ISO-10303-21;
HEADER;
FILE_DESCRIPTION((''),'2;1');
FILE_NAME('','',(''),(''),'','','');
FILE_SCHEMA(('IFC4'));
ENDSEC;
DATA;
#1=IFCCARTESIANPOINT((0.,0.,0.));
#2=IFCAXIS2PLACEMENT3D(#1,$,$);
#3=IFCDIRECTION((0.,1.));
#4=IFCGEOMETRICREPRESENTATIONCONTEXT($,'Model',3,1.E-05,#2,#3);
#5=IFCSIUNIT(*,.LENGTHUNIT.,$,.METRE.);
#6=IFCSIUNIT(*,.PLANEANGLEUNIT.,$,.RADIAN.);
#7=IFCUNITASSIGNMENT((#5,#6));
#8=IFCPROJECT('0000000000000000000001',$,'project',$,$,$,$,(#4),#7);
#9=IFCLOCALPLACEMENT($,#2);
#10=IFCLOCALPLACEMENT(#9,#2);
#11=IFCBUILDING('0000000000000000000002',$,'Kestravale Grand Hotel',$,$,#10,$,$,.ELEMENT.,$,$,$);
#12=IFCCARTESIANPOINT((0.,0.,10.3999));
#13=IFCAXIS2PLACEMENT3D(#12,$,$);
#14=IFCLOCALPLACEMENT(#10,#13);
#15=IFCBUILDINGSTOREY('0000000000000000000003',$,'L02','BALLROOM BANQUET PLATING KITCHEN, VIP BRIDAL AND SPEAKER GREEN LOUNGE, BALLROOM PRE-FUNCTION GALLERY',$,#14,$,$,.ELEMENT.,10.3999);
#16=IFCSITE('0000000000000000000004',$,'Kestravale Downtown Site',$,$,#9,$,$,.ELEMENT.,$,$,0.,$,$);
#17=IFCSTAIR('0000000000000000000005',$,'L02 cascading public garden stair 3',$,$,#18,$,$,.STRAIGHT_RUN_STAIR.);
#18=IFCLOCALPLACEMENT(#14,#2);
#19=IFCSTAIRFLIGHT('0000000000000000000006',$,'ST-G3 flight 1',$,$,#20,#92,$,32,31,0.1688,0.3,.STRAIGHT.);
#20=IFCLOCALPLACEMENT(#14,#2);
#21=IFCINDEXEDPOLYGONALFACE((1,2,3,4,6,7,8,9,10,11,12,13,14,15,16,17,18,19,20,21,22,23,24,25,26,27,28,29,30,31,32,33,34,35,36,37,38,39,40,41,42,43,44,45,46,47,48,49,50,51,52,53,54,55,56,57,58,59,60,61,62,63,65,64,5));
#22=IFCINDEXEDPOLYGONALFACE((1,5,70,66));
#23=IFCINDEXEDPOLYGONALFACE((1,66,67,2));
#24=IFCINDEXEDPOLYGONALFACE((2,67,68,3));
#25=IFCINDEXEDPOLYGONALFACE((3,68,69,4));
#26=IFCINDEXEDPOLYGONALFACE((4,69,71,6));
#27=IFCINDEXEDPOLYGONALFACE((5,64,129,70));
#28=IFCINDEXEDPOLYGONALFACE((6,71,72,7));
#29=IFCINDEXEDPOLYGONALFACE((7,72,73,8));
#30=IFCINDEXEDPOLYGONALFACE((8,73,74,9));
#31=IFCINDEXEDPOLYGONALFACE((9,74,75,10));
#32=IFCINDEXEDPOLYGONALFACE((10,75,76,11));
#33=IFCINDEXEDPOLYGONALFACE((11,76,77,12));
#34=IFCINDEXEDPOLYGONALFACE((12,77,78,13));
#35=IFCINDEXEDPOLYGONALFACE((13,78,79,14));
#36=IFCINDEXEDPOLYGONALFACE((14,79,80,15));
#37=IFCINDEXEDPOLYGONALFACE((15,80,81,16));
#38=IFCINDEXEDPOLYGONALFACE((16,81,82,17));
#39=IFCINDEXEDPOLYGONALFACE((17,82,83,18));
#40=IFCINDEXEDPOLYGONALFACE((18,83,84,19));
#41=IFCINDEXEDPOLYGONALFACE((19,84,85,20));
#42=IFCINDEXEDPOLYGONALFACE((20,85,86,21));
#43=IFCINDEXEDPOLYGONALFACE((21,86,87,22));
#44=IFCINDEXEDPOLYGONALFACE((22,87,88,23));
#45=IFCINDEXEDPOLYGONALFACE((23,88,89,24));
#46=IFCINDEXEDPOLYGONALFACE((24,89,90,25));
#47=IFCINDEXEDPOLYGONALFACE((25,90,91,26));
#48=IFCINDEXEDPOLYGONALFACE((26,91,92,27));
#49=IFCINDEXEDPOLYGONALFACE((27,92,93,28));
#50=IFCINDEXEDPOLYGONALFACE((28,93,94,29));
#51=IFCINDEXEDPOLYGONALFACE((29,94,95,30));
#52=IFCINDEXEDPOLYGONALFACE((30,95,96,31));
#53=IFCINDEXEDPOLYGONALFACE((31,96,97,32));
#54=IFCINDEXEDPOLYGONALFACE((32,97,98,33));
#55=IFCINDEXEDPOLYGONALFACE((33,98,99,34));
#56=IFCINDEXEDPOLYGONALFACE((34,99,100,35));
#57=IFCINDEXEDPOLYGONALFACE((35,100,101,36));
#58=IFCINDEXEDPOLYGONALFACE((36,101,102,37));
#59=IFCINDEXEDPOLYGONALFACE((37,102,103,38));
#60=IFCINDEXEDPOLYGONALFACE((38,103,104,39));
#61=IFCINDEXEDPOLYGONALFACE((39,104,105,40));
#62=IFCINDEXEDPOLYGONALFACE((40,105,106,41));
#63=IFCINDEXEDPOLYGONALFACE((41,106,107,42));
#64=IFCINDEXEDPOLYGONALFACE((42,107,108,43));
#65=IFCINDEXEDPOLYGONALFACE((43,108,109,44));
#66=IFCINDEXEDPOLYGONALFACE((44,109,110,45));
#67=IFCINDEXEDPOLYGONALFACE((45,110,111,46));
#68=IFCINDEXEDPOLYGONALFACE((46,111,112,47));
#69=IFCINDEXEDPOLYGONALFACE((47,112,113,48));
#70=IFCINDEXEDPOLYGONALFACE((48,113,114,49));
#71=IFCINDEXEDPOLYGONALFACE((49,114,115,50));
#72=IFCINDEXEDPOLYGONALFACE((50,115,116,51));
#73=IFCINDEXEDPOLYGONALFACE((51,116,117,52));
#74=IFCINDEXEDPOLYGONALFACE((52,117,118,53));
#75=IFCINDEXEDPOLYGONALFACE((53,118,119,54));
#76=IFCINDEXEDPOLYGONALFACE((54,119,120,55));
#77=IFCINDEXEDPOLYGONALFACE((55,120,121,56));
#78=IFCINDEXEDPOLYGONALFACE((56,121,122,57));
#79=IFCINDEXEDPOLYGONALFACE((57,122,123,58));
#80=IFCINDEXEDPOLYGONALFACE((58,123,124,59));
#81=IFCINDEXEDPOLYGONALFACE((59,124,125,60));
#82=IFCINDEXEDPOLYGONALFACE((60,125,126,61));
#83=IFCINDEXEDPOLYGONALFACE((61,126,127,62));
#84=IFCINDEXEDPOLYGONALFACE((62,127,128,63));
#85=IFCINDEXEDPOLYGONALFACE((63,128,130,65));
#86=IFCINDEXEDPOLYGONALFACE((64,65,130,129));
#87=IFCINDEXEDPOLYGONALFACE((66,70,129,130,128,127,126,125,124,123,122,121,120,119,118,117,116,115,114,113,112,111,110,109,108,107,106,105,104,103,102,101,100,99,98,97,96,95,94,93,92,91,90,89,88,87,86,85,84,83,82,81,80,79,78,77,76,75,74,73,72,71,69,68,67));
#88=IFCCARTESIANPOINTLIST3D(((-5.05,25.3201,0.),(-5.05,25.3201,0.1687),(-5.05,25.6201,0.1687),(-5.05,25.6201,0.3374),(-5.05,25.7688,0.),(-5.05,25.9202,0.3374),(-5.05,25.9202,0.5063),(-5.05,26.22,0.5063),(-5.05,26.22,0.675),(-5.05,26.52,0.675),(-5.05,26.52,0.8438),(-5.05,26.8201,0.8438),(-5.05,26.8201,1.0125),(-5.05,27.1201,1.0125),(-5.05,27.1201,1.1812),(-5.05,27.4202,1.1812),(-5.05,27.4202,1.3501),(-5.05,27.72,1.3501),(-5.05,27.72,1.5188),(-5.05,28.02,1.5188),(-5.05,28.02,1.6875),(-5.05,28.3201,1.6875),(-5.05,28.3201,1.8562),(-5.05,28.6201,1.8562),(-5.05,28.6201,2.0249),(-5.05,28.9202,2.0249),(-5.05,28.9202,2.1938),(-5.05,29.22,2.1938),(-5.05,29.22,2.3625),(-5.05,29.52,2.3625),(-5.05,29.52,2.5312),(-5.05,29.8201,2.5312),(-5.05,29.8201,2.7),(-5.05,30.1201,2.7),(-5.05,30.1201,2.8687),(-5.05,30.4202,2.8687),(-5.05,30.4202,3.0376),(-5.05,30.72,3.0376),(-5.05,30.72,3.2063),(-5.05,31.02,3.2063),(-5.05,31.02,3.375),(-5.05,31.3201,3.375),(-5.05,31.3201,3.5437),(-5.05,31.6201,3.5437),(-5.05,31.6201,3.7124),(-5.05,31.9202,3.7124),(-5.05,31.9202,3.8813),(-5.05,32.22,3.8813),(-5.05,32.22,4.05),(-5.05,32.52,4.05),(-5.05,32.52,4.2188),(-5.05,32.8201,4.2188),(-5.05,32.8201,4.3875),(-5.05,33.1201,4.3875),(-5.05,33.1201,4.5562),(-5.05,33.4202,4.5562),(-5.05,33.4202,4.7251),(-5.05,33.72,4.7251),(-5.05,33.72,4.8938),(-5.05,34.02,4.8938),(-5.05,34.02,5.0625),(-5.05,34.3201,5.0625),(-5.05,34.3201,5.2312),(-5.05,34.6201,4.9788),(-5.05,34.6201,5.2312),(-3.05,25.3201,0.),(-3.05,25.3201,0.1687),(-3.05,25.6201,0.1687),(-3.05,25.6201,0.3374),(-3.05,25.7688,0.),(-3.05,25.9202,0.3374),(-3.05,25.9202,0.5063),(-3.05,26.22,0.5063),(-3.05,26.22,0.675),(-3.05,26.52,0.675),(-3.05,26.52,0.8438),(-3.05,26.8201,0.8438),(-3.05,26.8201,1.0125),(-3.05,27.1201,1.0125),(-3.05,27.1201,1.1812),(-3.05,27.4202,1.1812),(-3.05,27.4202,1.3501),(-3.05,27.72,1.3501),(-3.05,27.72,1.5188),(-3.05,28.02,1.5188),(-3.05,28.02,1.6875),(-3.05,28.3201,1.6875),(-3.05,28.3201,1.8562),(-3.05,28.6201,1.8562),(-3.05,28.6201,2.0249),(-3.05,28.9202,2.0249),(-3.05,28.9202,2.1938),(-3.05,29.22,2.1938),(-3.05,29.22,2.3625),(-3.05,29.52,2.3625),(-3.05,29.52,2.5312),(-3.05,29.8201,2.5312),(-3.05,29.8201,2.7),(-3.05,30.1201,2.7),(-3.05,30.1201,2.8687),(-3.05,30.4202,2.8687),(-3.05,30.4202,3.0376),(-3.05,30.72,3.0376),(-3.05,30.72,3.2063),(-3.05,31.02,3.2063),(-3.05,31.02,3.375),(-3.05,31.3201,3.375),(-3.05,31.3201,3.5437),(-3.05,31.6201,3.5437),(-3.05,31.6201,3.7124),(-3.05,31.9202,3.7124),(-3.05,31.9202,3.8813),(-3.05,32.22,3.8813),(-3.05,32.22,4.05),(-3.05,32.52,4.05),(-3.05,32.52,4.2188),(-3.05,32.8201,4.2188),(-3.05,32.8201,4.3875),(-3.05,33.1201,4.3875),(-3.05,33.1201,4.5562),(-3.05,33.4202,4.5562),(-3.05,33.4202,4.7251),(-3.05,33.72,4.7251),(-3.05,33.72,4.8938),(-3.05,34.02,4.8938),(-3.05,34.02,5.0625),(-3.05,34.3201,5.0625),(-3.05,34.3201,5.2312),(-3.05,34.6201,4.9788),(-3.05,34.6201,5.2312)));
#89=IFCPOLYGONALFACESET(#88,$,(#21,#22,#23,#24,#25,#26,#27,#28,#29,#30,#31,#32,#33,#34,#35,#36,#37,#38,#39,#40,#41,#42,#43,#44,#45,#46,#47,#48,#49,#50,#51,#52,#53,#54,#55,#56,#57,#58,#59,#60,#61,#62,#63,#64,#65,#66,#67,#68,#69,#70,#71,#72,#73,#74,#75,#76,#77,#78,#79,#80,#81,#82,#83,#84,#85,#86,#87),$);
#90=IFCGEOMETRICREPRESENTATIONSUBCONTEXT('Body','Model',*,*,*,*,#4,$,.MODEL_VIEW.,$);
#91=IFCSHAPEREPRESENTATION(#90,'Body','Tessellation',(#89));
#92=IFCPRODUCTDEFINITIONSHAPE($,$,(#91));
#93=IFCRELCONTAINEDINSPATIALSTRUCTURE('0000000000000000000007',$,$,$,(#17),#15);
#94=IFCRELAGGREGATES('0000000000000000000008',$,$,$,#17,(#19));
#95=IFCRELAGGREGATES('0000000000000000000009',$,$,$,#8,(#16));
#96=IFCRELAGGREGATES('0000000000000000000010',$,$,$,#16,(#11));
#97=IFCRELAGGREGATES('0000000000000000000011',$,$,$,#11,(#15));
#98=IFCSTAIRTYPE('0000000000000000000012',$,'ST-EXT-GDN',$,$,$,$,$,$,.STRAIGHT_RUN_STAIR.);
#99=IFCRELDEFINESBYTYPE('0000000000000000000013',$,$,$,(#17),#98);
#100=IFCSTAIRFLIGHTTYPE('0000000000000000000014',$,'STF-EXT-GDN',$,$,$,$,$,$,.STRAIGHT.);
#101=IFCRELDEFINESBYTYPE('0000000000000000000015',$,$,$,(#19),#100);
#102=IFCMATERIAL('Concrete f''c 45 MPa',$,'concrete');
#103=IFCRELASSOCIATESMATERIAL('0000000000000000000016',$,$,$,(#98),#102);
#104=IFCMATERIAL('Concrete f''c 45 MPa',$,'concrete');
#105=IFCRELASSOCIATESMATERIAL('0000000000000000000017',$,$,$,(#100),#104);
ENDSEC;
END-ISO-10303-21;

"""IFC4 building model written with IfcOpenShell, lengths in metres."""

from ifc_helpers import new_model, si_unit, direction, frame, origin, place, context, subcontext, project, spatial, polyline, outline, extrude, material, type_object, element, aggregate, save


model = new_model("IFC4")

# Units and contexts
model_context = context("Model", 3, precision=1e-05, world=origin(), true_north=direction((0.0, 1.0)))
body_context = subcontext(model_context, "Body", "Model", "MODEL_VIEW")
ifc_project = project(units=[si_unit("LENGTHUNIT", "METRE"), si_unit("PLANEANGLEUNIT", "RADIAN")], contexts=[model_context])

# Site, building, storey
site_placement = place(None, origin())
site = spatial("IfcSite", under=ifc_project, at=site_placement, Name="Kestravale Downtown Site", CompositionType="ELEMENT", RefElevation=0.0)
building_placement = place(site_placement, origin())
building = spatial("IfcBuilding", under=site, at=building_placement, Name="Kestravale Grand Hotel", CompositionType="ELEMENT")
storey_placement = place(building_placement, frame((0.0, 0.0, 10.3999)))
storey = spatial("IfcBuildingStorey", under=building, at=storey_placement, Name="L02", Description="BALLROOM BANQUET PLATING KITCHEN, VIP BRIDAL AND SPEAKER GREEN LOUNGE, BALLROOM PRE-FUNCTION GALLERY", CompositionType="ELEMENT", Elevation=10.3999)

# Stair, stair flight
ifc_material_1 = material(Name="Concrete f'c 45 MPa", Category="concrete")
stair_type = type_object("IfcStairType", Name="ST-EXT-GDN", PredefinedType="STRAIGHT_RUN_STAIR", material=ifc_material_1)
stair_placement = place(storey_placement, origin())
stair = element("IfcStair", 1, at=stair_placement, inside=storey, type_object=stair_type, Name="L02 cascading public garden stair 3", PredefinedType="STRAIGHT_RUN_STAIR")
ifc_material_2 = material(Name="Concrete f'c 45 MPa", Category="concrete")
stair_flight_type = type_object("IfcStairFlightType", Name="STF-EXT-GDN", PredefinedType="STRAIGHT", material=ifc_material_2)
stair_flight_placement = place(storey_placement, frame((-4.05, 25.3201, 0.0), z_axis=(0.0, 0.0, 1.0), x_axis=(0.0, 1.0, 0.0)))
stair_flight = element("IfcStairFlight", 2, at=stair_flight_placement, type_object=stair_flight_type, Name="ST-G3 flight 1", NumberOfRisers=32, NumberOfTreads=31, PredefinedType="STRAIGHT", RiserHeight=0.1688, TreadLength=0.3, context=body_context, shape_type="SweptSolid", body=[
    extrude(outline(polyline([(0.0, 0.0), (0.0, 0.1687), (0.3, 0.1687), (0.3, 0.3374), (0.6001, 0.3374), (0.6001, 0.5063), (0.8999, 0.5063), (0.8999, 0.675), (1.2, 0.675), (1.2, 0.8438), (1.5, 0.8438), (1.5, 1.0125), (1.8, 1.0125), (1.8, 1.1812), (2.1001, 1.1812), (2.1001, 1.3501), (2.3999, 1.3501), (2.3999, 1.5188), (2.7, 1.5188), (2.7, 1.6875), (3.0, 1.6875), (3.0, 1.8562), (3.3, 1.8562), (3.3, 2.0249), (3.6001, 2.0249), (3.6001, 2.1938), (3.8999, 2.1938), (3.8999, 2.3625), (4.2, 2.3625), (4.2, 2.5312), (4.5, 2.5312), (4.5, 2.7), (4.8, 2.7), (4.8, 2.8687), (5.1001, 2.8687), (5.1001, 3.0376), (5.3999, 3.0376), (5.3999, 3.2063), (5.7, 3.2063), (5.7, 3.375), (6.0, 3.375), (6.0, 3.5437), (6.3, 3.5437), (6.3, 3.7124), (6.6001, 3.7124), (6.6001, 3.8813), (6.8999, 3.8813), (6.8999, 4.05), (7.2, 4.05), (7.2, 4.2188), (7.5, 4.2188), (7.5, 4.3875), (7.8, 4.3875), (7.8, 4.5562), (8.1001, 4.5562), (8.1001, 4.7251), (8.3999, 4.7251), (8.3999, 4.8938), (8.7, 4.8938), (8.7, 5.0625), (9.0, 5.0625), (9.0, 5.2312), (9.3, 5.2312), (9.3, 5.3999), (9.3, 4.9788), (0.4487, 0.0), (0.0, 0.0)])), frame((0.0, 1.0, 0.0), z_axis=(0.0, -1.0, 0.0), x_axis=(1.0, 0.0, 0.0)), (0.0, 0.0, 1.0), 2.0),
])
aggregate(stair, [stair_flight])

save(model, "model.ifc")
